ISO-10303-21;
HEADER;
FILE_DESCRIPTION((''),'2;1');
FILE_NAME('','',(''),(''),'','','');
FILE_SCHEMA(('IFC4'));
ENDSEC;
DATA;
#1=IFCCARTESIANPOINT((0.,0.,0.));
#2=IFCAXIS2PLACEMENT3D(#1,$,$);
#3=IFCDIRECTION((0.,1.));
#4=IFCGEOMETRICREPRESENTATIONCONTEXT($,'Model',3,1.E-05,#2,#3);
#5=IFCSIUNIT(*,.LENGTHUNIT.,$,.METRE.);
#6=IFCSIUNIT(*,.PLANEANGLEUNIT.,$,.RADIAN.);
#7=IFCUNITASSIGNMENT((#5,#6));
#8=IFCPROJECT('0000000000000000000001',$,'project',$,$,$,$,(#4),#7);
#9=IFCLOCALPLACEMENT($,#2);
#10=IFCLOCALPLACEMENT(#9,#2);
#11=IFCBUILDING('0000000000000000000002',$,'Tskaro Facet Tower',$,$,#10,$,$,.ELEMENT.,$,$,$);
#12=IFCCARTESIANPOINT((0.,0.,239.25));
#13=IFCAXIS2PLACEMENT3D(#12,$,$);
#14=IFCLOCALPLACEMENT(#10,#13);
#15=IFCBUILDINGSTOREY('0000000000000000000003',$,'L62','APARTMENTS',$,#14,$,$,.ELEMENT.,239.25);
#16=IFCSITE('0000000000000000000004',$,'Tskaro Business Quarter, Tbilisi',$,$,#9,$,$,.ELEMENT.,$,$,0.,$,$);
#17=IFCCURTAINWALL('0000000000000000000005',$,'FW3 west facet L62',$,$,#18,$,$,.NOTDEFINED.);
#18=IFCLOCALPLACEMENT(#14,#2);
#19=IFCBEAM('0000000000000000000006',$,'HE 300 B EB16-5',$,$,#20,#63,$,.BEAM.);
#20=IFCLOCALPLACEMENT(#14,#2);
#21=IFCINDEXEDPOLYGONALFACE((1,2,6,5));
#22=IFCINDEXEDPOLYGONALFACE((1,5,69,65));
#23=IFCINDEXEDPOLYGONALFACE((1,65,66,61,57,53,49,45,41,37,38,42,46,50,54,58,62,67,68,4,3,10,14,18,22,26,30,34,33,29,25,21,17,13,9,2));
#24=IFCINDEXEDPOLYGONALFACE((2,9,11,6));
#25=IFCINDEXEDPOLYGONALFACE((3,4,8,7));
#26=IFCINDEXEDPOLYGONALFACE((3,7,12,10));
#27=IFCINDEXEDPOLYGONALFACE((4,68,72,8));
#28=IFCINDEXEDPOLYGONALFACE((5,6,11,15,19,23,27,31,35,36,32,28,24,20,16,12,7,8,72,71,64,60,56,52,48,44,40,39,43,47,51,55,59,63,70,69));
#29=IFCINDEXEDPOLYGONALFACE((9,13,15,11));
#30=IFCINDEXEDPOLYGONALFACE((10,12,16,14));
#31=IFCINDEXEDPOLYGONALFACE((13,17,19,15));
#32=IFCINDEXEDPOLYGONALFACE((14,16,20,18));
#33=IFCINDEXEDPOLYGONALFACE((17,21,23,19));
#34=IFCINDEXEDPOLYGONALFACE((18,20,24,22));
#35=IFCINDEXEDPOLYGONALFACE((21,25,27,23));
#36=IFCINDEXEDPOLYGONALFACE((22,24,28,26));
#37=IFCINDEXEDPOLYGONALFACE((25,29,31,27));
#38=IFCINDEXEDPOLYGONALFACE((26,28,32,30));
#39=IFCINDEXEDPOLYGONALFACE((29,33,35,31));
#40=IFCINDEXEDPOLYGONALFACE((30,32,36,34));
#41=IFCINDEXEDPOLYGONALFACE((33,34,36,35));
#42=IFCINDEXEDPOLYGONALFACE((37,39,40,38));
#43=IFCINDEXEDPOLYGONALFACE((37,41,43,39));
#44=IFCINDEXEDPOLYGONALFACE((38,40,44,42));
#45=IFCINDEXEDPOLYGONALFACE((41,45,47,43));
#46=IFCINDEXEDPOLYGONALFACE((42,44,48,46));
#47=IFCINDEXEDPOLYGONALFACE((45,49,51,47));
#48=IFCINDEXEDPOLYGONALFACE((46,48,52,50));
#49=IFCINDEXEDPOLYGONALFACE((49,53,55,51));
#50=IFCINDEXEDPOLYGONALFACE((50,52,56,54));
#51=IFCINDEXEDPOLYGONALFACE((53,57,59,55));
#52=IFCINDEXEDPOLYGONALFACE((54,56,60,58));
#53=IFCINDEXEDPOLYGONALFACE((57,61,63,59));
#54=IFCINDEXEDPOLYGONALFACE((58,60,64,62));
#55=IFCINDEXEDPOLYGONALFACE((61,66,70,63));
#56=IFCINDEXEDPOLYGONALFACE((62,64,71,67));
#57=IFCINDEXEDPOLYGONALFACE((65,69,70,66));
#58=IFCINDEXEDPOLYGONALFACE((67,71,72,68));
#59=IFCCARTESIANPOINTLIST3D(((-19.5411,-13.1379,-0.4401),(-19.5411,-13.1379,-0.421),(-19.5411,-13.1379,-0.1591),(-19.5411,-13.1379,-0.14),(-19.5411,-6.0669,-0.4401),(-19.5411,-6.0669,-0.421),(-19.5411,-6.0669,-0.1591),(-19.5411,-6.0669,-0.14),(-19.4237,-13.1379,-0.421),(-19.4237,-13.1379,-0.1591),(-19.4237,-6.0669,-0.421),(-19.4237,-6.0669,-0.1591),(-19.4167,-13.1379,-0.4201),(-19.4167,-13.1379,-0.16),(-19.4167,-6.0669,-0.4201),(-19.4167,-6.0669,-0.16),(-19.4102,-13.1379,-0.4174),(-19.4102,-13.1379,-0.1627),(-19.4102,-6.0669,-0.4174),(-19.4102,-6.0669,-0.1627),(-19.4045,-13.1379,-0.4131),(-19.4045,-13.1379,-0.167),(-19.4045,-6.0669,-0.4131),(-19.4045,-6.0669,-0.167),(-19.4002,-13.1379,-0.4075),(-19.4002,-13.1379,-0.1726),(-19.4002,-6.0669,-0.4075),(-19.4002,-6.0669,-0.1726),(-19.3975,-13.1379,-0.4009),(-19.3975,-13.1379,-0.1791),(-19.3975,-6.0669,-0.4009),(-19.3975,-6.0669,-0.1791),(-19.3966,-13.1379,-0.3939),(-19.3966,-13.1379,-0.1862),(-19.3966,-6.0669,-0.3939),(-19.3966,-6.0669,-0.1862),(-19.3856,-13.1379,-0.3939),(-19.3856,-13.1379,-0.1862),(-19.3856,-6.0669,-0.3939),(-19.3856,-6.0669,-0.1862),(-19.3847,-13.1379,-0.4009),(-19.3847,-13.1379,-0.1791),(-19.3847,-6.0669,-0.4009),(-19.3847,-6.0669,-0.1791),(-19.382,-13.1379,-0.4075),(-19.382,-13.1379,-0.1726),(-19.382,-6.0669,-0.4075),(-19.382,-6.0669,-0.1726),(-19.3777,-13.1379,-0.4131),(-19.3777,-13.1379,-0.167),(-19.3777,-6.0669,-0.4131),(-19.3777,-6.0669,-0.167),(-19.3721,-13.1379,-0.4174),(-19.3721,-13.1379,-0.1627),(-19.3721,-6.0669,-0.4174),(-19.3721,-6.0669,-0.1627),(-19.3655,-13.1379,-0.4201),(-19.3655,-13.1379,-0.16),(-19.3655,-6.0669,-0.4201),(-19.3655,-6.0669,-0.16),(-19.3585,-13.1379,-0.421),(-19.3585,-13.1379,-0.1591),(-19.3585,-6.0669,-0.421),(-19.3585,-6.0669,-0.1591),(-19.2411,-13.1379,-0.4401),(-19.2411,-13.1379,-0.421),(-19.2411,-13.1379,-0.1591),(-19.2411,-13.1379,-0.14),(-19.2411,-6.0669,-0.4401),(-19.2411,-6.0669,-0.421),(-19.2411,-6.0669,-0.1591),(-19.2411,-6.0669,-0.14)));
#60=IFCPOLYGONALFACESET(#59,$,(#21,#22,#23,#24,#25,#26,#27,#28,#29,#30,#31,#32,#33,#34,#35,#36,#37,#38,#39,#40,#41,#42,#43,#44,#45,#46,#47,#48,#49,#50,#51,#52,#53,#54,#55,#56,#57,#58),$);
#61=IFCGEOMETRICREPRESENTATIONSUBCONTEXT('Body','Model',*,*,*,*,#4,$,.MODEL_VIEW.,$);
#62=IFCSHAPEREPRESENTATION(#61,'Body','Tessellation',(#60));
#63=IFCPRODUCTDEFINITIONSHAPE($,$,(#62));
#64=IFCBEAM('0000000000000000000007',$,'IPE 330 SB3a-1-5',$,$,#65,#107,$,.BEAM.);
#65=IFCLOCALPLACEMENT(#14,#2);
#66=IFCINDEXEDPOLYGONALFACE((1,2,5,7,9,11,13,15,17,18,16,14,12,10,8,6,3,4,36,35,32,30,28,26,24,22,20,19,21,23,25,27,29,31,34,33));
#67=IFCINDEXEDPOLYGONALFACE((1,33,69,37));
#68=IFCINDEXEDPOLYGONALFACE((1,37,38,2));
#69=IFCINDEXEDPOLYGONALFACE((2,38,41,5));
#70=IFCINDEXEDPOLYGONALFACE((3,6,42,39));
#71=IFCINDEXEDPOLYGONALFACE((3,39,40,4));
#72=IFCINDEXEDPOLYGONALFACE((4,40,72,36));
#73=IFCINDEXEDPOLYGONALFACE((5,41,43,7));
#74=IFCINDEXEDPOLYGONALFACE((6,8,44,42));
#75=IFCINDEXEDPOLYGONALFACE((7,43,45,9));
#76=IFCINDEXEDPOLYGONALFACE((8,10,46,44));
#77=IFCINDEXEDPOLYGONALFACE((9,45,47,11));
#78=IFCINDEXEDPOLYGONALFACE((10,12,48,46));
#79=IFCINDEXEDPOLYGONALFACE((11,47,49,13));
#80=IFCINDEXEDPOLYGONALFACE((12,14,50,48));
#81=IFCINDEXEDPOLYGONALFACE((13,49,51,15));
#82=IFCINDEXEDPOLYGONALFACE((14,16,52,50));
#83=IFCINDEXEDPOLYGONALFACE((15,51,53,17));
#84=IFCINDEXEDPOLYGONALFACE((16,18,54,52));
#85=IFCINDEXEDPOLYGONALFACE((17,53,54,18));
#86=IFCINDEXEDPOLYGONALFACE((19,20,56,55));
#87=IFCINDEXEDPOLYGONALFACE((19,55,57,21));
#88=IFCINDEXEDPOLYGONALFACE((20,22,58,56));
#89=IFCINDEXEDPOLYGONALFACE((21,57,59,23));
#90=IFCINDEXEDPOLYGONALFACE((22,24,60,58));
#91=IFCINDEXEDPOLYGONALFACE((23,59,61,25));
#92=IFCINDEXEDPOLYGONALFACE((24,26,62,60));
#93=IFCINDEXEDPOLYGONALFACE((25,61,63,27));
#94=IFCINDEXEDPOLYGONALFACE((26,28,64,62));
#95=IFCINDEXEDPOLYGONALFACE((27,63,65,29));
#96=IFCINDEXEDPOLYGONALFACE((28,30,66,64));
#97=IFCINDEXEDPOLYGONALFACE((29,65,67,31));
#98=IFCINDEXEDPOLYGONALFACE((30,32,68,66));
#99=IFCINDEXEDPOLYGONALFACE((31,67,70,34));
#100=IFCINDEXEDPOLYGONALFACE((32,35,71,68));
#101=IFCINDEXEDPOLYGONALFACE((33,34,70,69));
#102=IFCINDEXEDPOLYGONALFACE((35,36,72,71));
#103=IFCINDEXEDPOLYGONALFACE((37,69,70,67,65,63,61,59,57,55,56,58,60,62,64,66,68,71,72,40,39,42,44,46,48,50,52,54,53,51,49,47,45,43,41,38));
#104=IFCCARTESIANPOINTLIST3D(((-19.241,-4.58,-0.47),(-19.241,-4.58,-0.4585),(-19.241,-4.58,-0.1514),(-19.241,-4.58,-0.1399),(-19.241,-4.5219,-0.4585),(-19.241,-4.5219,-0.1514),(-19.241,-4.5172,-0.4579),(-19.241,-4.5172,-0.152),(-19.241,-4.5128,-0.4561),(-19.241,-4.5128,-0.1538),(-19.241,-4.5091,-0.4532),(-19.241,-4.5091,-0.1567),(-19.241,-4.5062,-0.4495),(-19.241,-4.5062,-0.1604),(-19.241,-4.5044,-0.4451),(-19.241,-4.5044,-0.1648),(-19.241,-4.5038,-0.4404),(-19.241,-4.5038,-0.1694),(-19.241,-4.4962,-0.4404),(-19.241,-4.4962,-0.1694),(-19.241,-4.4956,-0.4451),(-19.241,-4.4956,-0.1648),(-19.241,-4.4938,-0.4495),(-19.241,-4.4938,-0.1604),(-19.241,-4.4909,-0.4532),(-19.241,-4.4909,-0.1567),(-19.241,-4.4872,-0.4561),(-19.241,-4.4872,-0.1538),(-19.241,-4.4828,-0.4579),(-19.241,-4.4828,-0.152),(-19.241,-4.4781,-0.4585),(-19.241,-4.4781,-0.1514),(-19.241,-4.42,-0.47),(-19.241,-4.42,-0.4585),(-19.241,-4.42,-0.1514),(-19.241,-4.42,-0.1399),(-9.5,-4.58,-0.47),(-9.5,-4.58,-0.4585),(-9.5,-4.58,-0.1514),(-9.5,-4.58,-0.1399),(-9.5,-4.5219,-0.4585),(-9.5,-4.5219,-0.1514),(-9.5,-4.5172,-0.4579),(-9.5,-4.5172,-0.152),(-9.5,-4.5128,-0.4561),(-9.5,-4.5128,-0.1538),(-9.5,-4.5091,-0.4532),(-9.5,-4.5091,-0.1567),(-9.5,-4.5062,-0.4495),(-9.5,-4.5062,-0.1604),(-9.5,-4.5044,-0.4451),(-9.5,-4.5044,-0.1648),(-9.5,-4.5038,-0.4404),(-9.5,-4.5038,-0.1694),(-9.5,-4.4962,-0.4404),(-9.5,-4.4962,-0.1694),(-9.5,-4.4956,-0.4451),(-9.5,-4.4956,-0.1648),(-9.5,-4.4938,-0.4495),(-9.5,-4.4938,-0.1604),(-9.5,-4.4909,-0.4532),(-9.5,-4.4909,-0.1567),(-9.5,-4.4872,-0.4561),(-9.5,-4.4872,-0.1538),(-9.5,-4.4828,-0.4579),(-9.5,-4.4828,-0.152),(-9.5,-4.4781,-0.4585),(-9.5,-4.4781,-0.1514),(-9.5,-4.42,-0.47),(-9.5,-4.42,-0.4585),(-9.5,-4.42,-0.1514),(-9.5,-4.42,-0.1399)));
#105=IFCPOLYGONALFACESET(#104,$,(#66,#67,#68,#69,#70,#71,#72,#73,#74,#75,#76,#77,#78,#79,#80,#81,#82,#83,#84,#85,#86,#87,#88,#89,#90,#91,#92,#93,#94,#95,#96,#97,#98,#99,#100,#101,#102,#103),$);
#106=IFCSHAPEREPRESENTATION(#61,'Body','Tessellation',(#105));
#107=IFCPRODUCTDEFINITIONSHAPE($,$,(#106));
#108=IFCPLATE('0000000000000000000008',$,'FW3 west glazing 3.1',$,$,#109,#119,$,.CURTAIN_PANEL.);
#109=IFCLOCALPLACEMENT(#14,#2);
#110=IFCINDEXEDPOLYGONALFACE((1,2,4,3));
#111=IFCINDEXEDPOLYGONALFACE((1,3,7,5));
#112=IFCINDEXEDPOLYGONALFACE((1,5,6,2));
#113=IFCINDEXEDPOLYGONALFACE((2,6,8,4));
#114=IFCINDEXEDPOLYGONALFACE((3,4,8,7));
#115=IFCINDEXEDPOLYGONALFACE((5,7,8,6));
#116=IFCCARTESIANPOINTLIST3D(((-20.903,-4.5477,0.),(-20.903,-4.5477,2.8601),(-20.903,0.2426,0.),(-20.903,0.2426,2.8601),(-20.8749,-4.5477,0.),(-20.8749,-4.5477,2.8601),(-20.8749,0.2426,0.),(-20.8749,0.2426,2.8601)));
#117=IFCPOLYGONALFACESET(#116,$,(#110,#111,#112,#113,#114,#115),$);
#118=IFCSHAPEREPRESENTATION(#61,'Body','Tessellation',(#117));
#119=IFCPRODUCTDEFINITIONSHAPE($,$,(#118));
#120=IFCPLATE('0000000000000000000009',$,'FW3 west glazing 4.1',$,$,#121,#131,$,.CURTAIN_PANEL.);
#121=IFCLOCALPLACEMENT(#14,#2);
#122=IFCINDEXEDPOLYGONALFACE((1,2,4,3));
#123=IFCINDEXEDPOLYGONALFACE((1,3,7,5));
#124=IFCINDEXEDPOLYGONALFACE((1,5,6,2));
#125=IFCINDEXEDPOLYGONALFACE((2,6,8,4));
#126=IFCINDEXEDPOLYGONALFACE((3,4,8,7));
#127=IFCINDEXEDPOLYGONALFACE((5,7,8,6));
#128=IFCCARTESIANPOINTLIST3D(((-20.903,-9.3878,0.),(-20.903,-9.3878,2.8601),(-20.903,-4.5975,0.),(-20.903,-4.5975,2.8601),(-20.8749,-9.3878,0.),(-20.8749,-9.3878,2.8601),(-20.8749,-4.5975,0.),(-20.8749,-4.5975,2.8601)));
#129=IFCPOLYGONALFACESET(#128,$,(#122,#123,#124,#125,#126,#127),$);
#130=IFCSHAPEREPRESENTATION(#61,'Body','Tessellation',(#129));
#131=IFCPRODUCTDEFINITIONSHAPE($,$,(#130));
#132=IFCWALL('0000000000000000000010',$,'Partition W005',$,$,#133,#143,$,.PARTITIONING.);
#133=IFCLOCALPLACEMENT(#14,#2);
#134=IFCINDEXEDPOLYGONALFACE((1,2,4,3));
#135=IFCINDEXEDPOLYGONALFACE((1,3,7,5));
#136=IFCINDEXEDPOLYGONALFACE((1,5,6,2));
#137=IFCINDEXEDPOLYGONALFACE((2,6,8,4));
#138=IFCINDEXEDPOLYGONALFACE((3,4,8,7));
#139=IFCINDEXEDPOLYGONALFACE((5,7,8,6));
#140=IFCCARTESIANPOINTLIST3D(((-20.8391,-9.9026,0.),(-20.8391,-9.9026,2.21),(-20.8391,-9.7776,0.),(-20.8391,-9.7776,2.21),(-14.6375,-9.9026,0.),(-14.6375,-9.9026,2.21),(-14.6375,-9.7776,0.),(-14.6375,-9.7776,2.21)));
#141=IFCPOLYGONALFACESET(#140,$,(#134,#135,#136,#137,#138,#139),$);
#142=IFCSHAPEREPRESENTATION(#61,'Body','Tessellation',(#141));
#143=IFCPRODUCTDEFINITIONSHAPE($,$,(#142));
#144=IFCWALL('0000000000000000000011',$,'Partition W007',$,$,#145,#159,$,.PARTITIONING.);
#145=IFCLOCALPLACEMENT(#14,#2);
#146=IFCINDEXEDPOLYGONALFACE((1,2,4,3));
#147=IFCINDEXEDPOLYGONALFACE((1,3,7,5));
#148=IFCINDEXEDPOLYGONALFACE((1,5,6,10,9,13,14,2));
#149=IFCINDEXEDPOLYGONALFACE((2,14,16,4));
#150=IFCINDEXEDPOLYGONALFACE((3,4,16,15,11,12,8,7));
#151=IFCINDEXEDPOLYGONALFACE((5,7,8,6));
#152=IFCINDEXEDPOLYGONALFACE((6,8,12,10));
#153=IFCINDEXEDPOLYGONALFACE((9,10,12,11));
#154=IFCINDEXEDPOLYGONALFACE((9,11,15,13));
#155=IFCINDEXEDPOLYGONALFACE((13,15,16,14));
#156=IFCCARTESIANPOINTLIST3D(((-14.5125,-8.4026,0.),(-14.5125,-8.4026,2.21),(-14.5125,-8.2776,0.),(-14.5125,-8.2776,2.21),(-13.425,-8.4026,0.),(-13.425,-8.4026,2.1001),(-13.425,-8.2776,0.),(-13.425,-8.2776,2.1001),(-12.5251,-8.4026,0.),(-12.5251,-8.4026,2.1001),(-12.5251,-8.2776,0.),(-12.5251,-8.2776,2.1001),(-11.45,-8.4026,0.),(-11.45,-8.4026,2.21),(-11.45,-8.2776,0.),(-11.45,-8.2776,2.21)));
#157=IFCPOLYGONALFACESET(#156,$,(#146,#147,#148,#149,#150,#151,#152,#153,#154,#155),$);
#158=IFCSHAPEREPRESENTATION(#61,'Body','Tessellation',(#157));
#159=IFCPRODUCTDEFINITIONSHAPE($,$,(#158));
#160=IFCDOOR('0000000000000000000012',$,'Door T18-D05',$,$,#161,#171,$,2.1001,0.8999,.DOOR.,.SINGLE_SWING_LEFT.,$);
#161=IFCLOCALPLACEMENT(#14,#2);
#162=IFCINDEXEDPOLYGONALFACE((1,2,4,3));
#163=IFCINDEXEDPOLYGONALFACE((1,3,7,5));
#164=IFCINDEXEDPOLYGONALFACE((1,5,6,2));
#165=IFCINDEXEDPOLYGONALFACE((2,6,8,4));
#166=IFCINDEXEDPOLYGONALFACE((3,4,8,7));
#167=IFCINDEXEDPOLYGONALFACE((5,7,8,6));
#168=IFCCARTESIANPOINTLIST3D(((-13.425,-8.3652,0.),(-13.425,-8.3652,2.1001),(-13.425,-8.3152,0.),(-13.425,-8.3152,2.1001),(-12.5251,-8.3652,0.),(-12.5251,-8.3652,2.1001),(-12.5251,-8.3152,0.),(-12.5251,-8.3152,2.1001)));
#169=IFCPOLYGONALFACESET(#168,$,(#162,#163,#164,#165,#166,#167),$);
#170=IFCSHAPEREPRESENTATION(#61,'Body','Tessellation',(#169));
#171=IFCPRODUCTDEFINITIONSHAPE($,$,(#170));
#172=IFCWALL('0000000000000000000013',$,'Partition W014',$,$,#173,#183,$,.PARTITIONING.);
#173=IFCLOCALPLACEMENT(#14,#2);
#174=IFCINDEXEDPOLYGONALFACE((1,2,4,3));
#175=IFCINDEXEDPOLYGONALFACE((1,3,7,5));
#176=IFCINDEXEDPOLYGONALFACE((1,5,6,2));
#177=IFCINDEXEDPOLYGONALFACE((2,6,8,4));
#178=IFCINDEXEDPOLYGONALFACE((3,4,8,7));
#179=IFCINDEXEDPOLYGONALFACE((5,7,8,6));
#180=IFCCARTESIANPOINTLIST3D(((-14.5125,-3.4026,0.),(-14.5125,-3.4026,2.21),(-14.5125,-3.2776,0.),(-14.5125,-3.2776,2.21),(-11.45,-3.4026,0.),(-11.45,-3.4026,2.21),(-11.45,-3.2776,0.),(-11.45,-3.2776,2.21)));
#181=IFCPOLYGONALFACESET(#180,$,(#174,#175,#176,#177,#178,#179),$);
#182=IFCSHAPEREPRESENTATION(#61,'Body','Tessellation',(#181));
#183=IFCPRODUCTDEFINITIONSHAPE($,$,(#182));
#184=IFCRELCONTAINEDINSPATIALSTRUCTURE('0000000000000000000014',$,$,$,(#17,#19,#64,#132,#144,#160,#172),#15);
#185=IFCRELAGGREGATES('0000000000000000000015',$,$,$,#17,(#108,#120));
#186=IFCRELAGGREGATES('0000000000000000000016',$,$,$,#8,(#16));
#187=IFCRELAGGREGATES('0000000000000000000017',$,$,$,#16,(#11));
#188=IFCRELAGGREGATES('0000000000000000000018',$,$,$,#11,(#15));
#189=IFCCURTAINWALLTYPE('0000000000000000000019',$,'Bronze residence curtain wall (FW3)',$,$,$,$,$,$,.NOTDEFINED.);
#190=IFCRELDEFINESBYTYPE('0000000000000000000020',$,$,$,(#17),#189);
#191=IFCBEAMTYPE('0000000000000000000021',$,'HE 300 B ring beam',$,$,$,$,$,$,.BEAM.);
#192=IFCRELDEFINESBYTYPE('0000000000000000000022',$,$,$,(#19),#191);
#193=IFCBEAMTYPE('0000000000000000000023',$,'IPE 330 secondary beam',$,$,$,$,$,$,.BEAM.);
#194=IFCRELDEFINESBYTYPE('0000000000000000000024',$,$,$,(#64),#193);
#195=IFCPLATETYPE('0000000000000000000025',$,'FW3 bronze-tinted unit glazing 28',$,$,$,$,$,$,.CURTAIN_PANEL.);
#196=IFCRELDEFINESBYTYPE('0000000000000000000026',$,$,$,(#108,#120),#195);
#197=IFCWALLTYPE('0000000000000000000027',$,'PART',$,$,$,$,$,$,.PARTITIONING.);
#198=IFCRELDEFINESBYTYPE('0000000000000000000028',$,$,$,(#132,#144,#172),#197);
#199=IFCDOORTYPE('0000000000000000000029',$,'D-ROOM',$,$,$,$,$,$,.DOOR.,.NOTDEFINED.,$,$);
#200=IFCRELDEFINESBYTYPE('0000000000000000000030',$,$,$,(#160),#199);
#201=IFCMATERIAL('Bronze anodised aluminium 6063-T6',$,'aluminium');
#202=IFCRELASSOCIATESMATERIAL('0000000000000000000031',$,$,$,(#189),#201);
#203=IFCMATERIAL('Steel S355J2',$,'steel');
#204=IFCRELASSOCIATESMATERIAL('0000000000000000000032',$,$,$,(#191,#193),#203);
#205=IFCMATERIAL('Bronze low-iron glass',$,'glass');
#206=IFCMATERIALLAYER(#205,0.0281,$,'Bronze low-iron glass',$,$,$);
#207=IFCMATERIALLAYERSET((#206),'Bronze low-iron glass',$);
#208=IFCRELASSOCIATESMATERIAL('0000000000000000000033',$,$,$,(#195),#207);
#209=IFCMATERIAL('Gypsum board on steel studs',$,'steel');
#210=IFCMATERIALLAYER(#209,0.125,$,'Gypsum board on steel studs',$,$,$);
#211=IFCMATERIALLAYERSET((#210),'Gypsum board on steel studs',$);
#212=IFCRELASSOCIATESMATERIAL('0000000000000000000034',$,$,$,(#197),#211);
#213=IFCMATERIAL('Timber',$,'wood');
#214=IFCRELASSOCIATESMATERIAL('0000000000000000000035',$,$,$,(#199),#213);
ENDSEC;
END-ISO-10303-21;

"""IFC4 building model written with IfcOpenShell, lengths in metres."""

from ifc_helpers import new_model, si_unit, direction, frame, frame_2d, origin, origin_2d, place, context, subcontext, project, spatial, rectangle, i_section, extrude, material, layer, layer_set, material_profile, profile_set, type_object, element, fill, aggregate, save


model = new_model("IFC4")

# Units and contexts
model_context = context("Model", 3, precision=1e-05, world=origin(), true_north=direction((0.0, 1.0)))
body_context = subcontext(model_context, "Body", "Model", "MODEL_VIEW")
ifc_project = project(units=[si_unit("LENGTHUNIT", "METRE"), si_unit("PLANEANGLEUNIT", "RADIAN")], contexts=[model_context])

# Site, building, storey
site_placement = place(None, origin())
site = spatial("IfcSite", under=ifc_project, at=site_placement, Name="Tskaro Business Quarter, Tbilisi", CompositionType="ELEMENT", RefElevation=0.0)
building_placement = place(site_placement, origin())
building = spatial("IfcBuilding", under=site, at=building_placement, Name="Tskaro Facet Tower", CompositionType="ELEMENT")
storey_placement = place(building_placement, frame((0.0, 0.0, 239.25)))
storey = spatial("IfcBuildingStorey", under=building, at=storey_placement, Name="L62", Description="APARTMENTS", CompositionType="ELEMENT", Elevation=239.25)

# Shared definitions
ifc_material_1 = material(Name="Steel S355J2", Category="steel")

# Curtain wall
ifc_material_2 = material(Name="Bronze anodised aluminium 6063-T6", Category="aluminium")
curtain_wall_type = type_object("IfcCurtainWallType", Name="Bronze residence curtain wall (FW3)", PredefinedType="NOTDEFINED", material=ifc_material_2)
curtain_wall_placement = place(storey_placement, origin())
curtain_wall = element("IfcCurtainWall", 1, at=curtain_wall_placement, inside=storey, type_object=curtain_wall_type, Name="FW3 west facet L62", PredefinedType="NOTDEFINED")

# Beams
ifc_material_profile_1 = material_profile(ifc_material_1, i_section(OverallWidth=0.3, OverallDepth=0.3, WebThickness=0.011, FlangeThickness=0.019, FilletRadius=0.0271, at=origin_2d()), Name="HE 300 B")
ifc_profile_set_1 = profile_set([ifc_material_profile_1], Name="Steel S355J2")
beam_type_1 = type_object("IfcBeamType", Name="HE 300 B ring beam", PredefinedType="BEAM", material=ifc_profile_set_1)
beam_1_placement = place(storey_placement, frame((-19.3911, -6.0669, -0.29), z_axis=(0.0, -1.0, 0.0), x_axis=(1.0, 0.0, 0.0)))
element("IfcBeam", 2, at=beam_1_placement, inside=storey, type_object=beam_type_1, Name="HE 300 B EB16-5", PredefinedType="BEAM", context=body_context, shape_type="SweptSolid", body=[
    extrude(i_section(OverallWidth=0.3, OverallDepth=0.3, WebThickness=0.011, FlangeThickness=0.019, FilletRadius=0.0271, at=origin_2d()), origin(), (0.0, 0.0, 1.0), 7.071),
])
ifc_material_profile_2 = material_profile(ifc_material_1, i_section(OverallWidth=0.1599, OverallDepth=0.3301, WebThickness=0.0076, FlangeThickness=0.0115, FilletRadius=0.0181, at=origin_2d()), Name="IPE 330")
ifc_profile_set_2 = profile_set([ifc_material_profile_2], Name="Steel S355J2")
beam_type_2 = type_object("IfcBeamType", Name="IPE 330 secondary beam", PredefinedType="BEAM", material=ifc_profile_set_2)
beam_2_placement = place(storey_placement, frame((-19.241, -4.5, -0.3049), z_axis=(1.0, 0.0, 0.0), x_axis=(0.0, 1.0, 0.0)))
element("IfcBeam", 3, at=beam_2_placement, inside=storey, type_object=beam_type_2, Name="IPE 330 SB3a-1-5", PredefinedType="BEAM", context=body_context, shape_type="SweptSolid", body=[
    extrude(i_section(OverallWidth=0.1599, OverallDepth=0.3301, WebThickness=0.0076, FlangeThickness=0.0115, FilletRadius=0.0181, at=origin_2d()), origin(), (0.0, 0.0, 1.0), 9.741),
])

# Plates
ifc_material_3 = material(Name="Bronze low-iron glass", Category="glass")
ifc_layer_1 = layer(ifc_material_3, 0.0281, Name="Bronze low-iron glass")
ifc_layer_set_1 = layer_set([ifc_layer_1], Name="Bronze low-iron glass")
plate_type = type_object("IfcPlateType", Name="FW3 bronze-tinted unit glazing 28", PredefinedType="CURTAIN_PANEL", material=ifc_layer_set_1)
plate_1_placement = place(storey_placement, frame((-20.8889, -2.1526, 0.0), z_axis=(0.0, 0.0, 1.0), x_axis=(0.0, -1.0, 0.0)))
plate_1 = element("IfcPlate", 4, at=plate_1_placement, type_object=plate_type, Name="FW3 west glazing 3.1", PredefinedType="CURTAIN_PANEL", context=body_context, shape_type="SweptSolid", body=[
    extrude(rectangle(XDim=4.7903, YDim=0.0281, at=origin_2d()), origin(), (0.0, 0.0, 1.0), 2.8601),
])
plate_2_placement = place(storey_placement, frame((-20.8889, -6.9927, 0.0), z_axis=(0.0, 0.0, 1.0), x_axis=(0.0, -1.0, 0.0)))
plate_2 = element("IfcPlate", 5, at=plate_2_placement, type_object=plate_type, Name="FW3 west glazing 4.1", PredefinedType="CURTAIN_PANEL", context=body_context, shape_type="SweptSolid", body=[
    extrude(rectangle(XDim=4.7903, YDim=0.0281, at=origin_2d()), origin(), (0.0, 0.0, 1.0), 2.8601),
])
aggregate(curtain_wall, [plate_1, plate_2])

# Wall
ifc_material_4 = material(Name="Gypsum board on steel studs", Category="steel")
ifc_layer_2 = layer(ifc_material_4, 0.125, Name="Gypsum board on steel studs")
ifc_layer_set_2 = layer_set([ifc_layer_2], Name="Gypsum board on steel studs")
wall_type_1 = type_object("IfcWallType", Name="PART", PredefinedType="PARTITIONING", material=ifc_layer_set_2)
wall_1_placement = place(storey_placement, frame((-20.8391, -9.8401, 0.0), z_axis=(0.0, 0.0, 1.0), x_axis=(1.0, 0.0, 0.0)))
element("IfcWall", 6, at=wall_1_placement, inside=storey, type_object=wall_type_1, Name="Partition W005", PredefinedType="PARTITIONING", context=body_context, shape_type="SweptSolid", body=[
    extrude(rectangle(XDim=6.2017, YDim=0.125, at=frame_2d((3.1008, 0.0))), origin(), (0.0, 0.0, 1.0), 2.21),
])

# Wall, opening, door
wall_2_placement = place(storey_placement, frame((-14.5125, -8.3401, 0.0), z_axis=(0.0, 0.0, 1.0), x_axis=(1.0, 0.0, 0.0)))
wall_2 = element("IfcWall", 7, at=wall_2_placement, inside=storey, type_object=wall_type_1, Name="Partition W007", PredefinedType="PARTITIONING", context=body_context, shape_type="SweptSolid", body=[
    extrude(rectangle(XDim=3.0625, YDim=0.125, at=frame_2d((1.5312, 0.0))), origin(), (0.0, 0.0, 1.0), 2.21),
])
opening_placement = place(wall_2_placement, frame((1.0874, 0.0, 0.0)))
opening = element("IfcOpeningElement", 8, at=opening_placement, cuts=wall_2, PredefinedType="OPENING", context=body_context, shape_type="SweptSolid", body=[
    extrude(rectangle(XDim=0.8999, YDim=2.1001, at=frame_2d((0.45, 1.05))), frame((0.0, 0.0725, 0.0), z_axis=(0.0, -1.0, 0.0), x_axis=(1.0, 0.0, 0.0)), (0.0, 0.0, 1.0), 0.145),
])
ifc_material_5 = material(Name="Timber", Category="wood")
door_type = type_object("IfcDoorType", Name="D-ROOM", OperationType="NOTDEFINED", PredefinedType="DOOR", material=ifc_material_5)
door_placement = place(opening_placement, origin())
door = element("IfcDoor", 9, at=door_placement, inside=storey, type_object=door_type, Name="Door T18-D05", OperationType="SINGLE_SWING_LEFT", OverallHeight=2.1001, OverallWidth=0.8999, PredefinedType="DOOR", context=body_context, shape_type="SweptSolid", body=[
    extrude(rectangle(XDim=0.8999, YDim=2.1001, at=frame_2d((0.45, 1.05))), frame((0.0, 0.0249, 0.0), z_axis=(0.0, -1.0, 0.0), x_axis=(1.0, 0.0, 0.0)), (0.0, 0.0, 1.0), 0.05),
])
fill(opening, door)

# Wall
wall_3_placement = place(storey_placement, frame((-14.5125, -3.3401, 0.0), z_axis=(0.0, 0.0, 1.0), x_axis=(1.0, 0.0, 0.0)))
element("IfcWall", 10, at=wall_3_placement, inside=storey, type_object=wall_type_1, Name="Partition W014", PredefinedType="PARTITIONING", context=body_context, shape_type="SweptSolid", body=[
    extrude(rectangle(XDim=3.0625, YDim=0.125, at=frame_2d((1.5312, 0.0))), origin(), (0.0, 0.0, 1.0), 2.21),
])

save(model, "model.ifc")
